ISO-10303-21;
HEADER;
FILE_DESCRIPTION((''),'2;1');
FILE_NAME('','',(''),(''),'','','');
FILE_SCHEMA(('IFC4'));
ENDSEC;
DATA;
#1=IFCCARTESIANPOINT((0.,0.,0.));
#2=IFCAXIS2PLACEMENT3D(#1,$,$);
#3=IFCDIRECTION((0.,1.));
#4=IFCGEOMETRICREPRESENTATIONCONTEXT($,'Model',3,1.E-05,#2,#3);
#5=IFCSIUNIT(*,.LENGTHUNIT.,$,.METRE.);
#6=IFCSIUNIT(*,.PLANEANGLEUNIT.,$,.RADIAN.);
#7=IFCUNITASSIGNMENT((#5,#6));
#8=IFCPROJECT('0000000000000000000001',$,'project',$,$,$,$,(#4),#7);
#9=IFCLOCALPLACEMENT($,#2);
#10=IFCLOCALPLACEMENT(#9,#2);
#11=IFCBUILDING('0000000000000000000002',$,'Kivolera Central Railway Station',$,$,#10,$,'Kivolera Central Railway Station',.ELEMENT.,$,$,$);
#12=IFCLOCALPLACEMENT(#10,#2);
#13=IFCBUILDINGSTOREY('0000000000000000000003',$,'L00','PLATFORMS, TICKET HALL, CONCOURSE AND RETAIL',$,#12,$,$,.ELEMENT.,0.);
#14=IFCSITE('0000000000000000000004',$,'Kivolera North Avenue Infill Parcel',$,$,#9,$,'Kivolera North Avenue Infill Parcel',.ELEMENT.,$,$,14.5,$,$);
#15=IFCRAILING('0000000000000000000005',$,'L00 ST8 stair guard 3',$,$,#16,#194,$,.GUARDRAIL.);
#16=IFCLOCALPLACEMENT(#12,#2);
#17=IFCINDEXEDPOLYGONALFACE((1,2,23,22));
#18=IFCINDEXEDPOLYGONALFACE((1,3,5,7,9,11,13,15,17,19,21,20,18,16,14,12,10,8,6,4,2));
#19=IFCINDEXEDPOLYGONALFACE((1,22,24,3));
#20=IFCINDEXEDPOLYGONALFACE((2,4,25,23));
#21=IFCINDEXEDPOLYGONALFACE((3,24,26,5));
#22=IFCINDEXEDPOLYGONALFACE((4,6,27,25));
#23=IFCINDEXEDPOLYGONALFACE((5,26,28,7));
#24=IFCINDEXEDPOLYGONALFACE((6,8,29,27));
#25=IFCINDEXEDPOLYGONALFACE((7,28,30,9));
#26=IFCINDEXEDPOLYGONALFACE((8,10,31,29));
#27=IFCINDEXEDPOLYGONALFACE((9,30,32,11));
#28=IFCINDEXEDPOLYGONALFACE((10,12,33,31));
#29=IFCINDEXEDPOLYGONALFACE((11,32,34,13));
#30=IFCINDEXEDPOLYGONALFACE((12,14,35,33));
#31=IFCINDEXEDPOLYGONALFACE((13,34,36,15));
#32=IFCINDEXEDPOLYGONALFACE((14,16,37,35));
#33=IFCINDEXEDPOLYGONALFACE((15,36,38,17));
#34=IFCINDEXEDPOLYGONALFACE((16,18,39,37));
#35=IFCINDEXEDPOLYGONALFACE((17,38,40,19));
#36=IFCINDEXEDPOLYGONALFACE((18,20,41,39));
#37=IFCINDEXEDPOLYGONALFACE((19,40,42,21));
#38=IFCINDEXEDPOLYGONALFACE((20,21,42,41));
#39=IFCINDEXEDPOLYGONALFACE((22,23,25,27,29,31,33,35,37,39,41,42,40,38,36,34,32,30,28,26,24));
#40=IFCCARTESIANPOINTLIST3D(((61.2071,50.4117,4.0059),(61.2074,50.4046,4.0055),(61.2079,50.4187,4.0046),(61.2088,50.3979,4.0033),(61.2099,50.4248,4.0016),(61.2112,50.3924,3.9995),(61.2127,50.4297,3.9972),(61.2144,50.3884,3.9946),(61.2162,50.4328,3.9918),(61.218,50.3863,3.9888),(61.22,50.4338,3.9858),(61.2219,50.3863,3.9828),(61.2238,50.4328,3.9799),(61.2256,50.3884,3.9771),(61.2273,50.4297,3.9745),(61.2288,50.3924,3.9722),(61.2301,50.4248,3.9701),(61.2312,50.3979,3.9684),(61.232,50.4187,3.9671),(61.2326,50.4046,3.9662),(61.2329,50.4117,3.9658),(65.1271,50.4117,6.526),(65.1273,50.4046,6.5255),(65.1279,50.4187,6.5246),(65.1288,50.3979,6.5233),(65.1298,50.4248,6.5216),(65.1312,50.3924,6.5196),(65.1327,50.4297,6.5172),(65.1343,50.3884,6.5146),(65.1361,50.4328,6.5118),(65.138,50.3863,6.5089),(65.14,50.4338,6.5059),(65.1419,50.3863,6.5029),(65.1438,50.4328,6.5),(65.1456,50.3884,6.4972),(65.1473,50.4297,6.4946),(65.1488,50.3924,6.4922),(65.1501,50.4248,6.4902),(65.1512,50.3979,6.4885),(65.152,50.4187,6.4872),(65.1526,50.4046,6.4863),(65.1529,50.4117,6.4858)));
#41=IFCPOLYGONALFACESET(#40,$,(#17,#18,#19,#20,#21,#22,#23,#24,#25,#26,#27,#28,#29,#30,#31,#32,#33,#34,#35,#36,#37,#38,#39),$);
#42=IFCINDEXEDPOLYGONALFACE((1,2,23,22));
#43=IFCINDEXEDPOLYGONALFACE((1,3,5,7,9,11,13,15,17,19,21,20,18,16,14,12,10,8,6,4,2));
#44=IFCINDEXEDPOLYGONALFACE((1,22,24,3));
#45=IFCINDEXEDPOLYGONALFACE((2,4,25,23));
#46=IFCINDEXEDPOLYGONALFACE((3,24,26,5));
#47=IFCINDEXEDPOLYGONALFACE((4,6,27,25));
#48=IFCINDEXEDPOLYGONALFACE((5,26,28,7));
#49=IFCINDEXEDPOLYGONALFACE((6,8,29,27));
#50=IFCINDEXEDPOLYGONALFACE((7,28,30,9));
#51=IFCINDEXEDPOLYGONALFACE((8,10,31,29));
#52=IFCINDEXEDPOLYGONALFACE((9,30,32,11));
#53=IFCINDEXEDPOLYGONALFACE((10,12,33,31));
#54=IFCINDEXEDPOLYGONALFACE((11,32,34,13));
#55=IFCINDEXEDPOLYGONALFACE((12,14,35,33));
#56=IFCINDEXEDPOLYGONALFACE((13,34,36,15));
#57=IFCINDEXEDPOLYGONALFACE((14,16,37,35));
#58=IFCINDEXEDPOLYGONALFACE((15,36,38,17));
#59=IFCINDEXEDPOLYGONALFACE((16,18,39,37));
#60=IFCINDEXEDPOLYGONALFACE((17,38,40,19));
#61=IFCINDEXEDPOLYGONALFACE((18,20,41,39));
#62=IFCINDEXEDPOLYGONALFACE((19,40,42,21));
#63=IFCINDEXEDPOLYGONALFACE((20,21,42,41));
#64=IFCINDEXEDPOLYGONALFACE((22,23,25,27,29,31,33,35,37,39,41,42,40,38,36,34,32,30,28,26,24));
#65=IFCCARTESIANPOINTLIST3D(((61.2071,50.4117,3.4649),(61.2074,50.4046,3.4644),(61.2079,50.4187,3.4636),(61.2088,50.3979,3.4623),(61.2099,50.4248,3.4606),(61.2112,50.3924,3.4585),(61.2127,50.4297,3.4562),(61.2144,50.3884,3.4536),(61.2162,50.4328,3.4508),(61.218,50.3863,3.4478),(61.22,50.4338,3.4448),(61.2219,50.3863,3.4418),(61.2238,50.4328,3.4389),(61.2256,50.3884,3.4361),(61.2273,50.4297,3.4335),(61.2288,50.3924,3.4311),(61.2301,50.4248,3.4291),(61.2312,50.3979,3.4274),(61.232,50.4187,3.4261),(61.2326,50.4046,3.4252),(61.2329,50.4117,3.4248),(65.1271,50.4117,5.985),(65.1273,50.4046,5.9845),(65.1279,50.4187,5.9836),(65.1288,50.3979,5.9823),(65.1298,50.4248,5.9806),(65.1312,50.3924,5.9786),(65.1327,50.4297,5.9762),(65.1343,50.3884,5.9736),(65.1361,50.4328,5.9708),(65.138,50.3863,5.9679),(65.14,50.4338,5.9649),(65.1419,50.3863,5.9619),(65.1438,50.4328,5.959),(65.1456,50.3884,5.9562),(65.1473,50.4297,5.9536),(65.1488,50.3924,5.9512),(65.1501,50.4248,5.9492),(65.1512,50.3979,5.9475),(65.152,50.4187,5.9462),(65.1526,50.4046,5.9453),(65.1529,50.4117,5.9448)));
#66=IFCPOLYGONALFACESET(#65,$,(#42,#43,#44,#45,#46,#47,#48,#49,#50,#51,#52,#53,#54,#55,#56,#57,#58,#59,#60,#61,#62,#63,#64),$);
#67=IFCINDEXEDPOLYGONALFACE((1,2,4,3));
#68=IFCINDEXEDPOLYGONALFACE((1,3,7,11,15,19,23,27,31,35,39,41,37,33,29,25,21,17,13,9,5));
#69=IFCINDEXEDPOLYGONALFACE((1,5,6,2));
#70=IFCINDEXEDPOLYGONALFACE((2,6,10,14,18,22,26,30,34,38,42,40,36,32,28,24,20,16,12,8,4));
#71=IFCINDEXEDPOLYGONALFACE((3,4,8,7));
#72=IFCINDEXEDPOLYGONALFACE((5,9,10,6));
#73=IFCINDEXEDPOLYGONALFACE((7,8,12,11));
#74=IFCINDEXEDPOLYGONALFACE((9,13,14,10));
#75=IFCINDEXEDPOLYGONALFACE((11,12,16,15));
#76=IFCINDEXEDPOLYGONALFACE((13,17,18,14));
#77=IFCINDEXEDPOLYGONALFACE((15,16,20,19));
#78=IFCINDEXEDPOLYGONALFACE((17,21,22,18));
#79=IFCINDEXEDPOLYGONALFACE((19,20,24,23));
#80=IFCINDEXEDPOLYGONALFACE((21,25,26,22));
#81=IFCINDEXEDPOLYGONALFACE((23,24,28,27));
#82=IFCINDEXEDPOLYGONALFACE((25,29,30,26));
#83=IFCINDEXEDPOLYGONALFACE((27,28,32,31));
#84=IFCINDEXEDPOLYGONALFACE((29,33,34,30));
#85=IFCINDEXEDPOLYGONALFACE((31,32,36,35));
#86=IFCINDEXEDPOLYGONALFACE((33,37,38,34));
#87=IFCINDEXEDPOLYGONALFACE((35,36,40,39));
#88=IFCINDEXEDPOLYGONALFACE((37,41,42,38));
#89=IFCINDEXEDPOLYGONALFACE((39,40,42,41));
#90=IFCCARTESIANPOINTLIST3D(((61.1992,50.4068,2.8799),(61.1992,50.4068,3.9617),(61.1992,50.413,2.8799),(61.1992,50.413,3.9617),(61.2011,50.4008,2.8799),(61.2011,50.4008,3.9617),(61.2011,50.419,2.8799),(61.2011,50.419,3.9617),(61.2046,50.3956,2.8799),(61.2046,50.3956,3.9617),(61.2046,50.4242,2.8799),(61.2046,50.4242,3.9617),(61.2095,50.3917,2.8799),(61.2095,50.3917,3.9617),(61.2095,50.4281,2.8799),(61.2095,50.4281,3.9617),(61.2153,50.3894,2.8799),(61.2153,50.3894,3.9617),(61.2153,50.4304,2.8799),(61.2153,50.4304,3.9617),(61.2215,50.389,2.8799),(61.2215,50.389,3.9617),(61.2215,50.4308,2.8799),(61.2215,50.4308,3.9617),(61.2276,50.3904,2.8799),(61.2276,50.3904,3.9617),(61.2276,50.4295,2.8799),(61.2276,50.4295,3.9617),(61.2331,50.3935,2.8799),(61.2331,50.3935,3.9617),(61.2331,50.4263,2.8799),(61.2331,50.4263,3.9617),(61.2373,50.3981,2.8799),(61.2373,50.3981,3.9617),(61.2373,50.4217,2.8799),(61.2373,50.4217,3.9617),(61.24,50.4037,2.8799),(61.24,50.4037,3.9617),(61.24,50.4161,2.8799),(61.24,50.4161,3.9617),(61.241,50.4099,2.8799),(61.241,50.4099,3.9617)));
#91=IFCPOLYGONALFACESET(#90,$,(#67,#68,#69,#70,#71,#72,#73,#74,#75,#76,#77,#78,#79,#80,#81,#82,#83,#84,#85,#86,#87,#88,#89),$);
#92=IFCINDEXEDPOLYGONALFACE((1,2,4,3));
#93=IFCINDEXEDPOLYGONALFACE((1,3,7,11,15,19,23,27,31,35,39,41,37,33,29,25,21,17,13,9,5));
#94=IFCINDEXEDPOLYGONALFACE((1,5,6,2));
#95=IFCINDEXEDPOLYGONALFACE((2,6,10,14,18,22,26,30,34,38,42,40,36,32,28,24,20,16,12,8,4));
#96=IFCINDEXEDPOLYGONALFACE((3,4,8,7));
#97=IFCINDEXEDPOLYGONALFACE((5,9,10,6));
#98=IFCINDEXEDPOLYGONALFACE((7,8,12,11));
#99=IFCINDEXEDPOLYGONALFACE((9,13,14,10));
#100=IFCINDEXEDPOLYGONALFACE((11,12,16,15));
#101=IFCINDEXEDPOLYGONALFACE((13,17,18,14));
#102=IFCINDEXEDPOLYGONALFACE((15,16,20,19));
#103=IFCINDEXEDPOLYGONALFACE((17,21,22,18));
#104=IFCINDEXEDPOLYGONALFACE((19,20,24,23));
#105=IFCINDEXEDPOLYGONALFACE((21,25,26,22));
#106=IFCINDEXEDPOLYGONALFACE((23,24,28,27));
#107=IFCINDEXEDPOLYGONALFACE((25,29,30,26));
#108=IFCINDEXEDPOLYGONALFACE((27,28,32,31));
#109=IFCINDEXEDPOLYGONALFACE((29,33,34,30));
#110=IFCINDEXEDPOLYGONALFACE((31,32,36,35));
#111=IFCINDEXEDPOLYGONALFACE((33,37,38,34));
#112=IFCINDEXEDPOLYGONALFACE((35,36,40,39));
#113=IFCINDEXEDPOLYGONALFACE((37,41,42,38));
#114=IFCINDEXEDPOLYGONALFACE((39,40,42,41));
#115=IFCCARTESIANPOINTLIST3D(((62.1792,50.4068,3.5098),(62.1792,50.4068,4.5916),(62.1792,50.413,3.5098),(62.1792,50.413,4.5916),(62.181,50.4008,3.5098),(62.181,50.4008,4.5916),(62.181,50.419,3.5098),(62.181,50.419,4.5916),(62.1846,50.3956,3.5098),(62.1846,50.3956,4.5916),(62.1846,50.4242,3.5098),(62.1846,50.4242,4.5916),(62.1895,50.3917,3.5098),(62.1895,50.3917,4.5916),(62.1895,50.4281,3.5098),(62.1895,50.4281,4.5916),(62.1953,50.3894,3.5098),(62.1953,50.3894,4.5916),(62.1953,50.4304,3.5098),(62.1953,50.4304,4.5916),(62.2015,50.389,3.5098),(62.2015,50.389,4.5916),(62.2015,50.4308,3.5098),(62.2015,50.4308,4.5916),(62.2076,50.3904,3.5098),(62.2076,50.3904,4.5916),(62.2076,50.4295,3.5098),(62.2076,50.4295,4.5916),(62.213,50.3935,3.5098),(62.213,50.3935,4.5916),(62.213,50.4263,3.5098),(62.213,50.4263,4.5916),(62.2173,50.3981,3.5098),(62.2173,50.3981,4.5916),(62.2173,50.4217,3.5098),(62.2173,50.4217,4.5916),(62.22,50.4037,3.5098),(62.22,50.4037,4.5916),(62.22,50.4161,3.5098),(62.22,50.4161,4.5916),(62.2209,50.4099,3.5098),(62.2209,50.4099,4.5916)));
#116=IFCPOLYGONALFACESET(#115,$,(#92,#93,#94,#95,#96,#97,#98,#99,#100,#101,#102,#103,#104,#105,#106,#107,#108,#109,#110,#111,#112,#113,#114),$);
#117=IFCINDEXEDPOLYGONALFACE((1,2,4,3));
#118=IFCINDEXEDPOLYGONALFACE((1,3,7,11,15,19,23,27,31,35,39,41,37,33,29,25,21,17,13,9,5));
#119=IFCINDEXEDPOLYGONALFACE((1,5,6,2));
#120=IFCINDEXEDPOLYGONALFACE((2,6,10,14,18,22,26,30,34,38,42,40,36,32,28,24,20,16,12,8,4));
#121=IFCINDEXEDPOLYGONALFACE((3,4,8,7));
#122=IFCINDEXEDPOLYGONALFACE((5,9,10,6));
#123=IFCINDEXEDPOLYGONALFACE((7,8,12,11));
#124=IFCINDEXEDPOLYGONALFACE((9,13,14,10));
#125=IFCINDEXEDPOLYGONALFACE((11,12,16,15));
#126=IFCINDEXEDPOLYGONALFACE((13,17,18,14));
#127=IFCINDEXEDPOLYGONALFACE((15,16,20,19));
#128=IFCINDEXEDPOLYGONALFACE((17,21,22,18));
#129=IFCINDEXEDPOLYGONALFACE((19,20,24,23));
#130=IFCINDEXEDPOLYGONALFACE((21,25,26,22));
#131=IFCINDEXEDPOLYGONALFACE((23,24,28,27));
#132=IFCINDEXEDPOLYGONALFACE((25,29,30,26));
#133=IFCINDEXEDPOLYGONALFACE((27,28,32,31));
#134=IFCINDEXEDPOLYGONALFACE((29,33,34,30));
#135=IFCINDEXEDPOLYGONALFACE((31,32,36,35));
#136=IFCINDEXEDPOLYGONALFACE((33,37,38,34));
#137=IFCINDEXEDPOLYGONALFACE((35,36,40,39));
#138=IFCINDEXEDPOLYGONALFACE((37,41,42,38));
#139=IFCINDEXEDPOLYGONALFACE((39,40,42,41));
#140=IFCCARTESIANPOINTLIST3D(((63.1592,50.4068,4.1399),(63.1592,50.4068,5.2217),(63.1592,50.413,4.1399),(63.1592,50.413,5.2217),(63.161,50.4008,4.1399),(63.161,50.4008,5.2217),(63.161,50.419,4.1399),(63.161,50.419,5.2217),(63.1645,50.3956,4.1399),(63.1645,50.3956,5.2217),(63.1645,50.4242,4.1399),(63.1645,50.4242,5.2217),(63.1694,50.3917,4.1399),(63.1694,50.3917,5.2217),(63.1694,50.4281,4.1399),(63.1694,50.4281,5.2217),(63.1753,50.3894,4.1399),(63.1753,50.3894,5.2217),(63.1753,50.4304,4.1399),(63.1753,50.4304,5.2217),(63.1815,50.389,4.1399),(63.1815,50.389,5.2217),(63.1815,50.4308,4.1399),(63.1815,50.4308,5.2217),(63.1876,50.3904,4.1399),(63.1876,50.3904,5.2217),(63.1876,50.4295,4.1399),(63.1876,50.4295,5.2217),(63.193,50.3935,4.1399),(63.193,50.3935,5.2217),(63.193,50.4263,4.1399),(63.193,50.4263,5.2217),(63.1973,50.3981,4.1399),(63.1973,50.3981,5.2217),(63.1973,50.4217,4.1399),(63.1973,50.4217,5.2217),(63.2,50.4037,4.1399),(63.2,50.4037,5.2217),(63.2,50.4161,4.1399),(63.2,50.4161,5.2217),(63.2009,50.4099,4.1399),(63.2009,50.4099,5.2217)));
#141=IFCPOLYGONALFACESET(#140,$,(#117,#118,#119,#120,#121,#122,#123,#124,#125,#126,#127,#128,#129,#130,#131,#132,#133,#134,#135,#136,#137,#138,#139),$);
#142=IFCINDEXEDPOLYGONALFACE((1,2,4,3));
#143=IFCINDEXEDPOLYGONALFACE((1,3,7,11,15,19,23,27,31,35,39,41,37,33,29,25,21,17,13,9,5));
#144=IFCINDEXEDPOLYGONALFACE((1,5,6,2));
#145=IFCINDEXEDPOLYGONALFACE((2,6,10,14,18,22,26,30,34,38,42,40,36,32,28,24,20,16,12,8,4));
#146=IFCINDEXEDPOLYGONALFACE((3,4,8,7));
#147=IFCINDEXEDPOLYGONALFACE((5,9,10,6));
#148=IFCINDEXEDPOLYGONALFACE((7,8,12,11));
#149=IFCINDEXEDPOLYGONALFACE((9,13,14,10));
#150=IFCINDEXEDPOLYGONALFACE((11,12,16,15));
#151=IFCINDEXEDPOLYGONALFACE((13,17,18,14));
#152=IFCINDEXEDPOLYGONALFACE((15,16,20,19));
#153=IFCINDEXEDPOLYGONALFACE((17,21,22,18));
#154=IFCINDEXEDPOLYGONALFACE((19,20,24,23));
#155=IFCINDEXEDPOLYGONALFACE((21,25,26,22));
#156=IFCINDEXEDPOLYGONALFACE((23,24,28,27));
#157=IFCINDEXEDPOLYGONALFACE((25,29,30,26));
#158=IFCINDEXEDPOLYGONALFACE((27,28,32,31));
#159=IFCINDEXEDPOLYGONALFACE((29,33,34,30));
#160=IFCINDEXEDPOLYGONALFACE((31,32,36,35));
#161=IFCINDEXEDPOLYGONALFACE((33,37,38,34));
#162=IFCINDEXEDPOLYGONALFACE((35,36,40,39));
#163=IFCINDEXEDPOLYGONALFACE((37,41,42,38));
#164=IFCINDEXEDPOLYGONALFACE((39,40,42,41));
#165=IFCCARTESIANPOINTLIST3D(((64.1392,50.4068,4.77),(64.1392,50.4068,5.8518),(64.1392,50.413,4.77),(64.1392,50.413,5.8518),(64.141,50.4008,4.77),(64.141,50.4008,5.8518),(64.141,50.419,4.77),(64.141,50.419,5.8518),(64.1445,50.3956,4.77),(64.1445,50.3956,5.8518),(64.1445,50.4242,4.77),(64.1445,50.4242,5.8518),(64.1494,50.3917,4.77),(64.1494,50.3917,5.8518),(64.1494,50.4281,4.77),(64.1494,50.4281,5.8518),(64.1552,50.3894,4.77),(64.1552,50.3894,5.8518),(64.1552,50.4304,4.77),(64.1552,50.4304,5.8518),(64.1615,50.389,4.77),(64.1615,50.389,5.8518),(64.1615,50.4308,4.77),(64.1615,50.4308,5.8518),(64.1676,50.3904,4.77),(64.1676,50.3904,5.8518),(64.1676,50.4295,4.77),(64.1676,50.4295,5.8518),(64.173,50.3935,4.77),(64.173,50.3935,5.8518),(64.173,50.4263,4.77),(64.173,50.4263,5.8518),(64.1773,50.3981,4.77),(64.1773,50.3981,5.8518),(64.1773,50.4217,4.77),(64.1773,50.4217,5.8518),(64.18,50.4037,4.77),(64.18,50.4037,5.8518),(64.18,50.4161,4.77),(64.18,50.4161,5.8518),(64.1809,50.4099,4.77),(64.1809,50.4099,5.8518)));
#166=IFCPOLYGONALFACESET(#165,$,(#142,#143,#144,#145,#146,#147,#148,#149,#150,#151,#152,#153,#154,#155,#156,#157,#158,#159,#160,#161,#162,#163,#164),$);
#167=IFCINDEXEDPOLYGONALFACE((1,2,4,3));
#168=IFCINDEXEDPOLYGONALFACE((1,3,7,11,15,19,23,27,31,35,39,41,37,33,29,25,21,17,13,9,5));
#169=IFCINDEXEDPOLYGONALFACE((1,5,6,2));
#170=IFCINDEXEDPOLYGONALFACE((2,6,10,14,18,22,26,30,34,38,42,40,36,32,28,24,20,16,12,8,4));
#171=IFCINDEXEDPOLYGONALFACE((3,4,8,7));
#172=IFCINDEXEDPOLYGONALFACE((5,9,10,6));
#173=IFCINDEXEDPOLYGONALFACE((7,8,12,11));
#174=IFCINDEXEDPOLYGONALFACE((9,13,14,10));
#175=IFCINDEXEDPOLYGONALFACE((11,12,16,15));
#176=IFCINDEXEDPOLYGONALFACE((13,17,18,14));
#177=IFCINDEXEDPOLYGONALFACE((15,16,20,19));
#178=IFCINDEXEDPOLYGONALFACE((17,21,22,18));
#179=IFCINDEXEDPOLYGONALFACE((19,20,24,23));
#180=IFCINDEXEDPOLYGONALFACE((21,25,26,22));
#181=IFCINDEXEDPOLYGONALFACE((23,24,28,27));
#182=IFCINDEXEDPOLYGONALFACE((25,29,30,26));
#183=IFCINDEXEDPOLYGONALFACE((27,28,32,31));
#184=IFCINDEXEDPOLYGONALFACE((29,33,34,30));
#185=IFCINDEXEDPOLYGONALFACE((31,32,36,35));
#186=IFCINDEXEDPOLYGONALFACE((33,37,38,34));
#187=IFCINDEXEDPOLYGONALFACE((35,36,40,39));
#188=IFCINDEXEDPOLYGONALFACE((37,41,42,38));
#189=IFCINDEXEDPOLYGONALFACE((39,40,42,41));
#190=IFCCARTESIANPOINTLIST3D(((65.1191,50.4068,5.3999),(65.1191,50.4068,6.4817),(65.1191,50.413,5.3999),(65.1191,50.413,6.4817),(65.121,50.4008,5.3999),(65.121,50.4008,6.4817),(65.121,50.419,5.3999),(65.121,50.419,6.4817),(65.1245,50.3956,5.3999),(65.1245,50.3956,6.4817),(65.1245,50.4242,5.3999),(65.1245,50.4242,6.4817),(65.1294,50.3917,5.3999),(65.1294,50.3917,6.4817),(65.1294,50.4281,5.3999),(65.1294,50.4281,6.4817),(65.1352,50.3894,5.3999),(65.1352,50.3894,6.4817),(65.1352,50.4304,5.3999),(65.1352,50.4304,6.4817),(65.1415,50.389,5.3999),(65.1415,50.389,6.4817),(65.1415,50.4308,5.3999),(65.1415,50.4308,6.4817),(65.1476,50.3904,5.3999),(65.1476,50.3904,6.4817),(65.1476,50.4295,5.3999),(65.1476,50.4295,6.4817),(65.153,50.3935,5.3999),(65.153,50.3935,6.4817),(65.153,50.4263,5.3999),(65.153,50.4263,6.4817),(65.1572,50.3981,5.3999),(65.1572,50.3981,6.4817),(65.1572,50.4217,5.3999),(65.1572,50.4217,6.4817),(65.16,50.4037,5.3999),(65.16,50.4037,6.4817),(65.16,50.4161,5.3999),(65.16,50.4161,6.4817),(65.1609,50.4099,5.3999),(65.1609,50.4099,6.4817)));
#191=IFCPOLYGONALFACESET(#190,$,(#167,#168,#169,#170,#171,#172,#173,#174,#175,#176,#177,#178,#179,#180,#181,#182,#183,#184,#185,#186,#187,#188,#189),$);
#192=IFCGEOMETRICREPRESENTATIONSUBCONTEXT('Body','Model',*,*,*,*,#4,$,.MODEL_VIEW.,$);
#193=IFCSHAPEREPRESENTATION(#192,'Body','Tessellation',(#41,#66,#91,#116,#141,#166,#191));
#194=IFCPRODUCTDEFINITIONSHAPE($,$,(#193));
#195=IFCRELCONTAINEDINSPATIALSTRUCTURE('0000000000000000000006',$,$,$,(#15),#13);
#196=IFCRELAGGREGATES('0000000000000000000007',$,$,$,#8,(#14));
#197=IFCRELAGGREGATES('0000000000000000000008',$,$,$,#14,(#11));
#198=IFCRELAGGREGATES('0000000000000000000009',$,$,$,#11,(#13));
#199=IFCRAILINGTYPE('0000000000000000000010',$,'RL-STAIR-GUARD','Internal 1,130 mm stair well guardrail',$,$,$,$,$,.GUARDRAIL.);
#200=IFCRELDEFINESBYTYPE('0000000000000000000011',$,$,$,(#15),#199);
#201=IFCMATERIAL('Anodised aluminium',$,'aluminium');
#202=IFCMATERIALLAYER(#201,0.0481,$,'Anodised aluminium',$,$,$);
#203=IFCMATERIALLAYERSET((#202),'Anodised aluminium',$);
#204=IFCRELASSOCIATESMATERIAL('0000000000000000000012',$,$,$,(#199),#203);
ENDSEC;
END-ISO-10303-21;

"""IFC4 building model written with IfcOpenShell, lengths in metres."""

from ifc_helpers import new_model, si_unit, direction, frame, origin, origin_2d, place, context, subcontext, project, spatial, circle, extrude, material, layer, layer_set, type_object, element, save


model = new_model("IFC4")

# Units and contexts
model_context = context("Model", 3, precision=1e-05, world=origin(), true_north=direction((0.0, 1.0)))
body_context = subcontext(model_context, "Body", "Model", "MODEL_VIEW")
ifc_project = project(units=[si_unit("LENGTHUNIT", "METRE"), si_unit("PLANEANGLEUNIT", "RADIAN")], contexts=[model_context])

# Site, building, storey
site_placement = place(None, origin())
site = spatial("IfcSite", under=ifc_project, at=site_placement, Name="Kivolera North Avenue Infill Parcel", LongName="Kivolera North Avenue Infill Parcel", CompositionType="ELEMENT", RefElevation=14.5)
building_placement = place(site_placement, origin())
building = spatial("IfcBuilding", under=site, at=building_placement, Name="Kivolera Central Railway Station", LongName="Kivolera Central Railway Station", CompositionType="ELEMENT")
storey_placement = place(building_placement, origin())
storey = spatial("IfcBuildingStorey", under=building, at=storey_placement, Name="L00", Description="PLATFORMS, TICKET HALL, CONCOURSE AND RETAIL", CompositionType="ELEMENT", Elevation=0.0)

# Railing
ifc_material_1 = material(Name="Anodised aluminium", Category="aluminium")
ifc_layer_1 = layer(ifc_material_1, 0.0481, Name="Anodised aluminium")
ifc_layer_set_1 = layer_set([ifc_layer_1], Name="Anodised aluminium")
railing_type_1 = type_object("IfcRailingType", Name="RL-STAIR-GUARD", Description="Internal 1,130 mm stair well guardrail", PredefinedType="GUARDRAIL", material=ifc_layer_set_1)
railing_1_placement = place(storey_placement, frame((61.22, 50.4099, 2.8799)))
element("IfcRailing", 1, at=railing_1_placement, inside=storey, type_object=railing_type_1, Name="L00 ST8 stair guard 3", PredefinedType="GUARDRAIL", context=body_context, shape_type="SweptSolid", body=[
    extrude(circle(Radius=0.0239, at=origin_2d()), frame((0.0, 0.0, 1.106), z_axis=(0.841172, 0.0, 0.540768), x_axis=(0.0, 1.0, 0.0)), (0.0, 0.0, 1.0), 4.6602),
    extrude(circle(Radius=0.0239, at=origin_2d()), frame((0.0, 0.0, 0.5649), z_axis=(0.841172, 0.0, 0.540768), x_axis=(0.0, 1.0, 0.0)), (0.0, 0.0, 1.0), 4.6602),
    extrude(circle(Radius=0.021, at=origin_2d()), origin(), (0.0, 0.0, 1.0), 1.0818),
    extrude(circle(Radius=0.021, at=origin_2d()), frame((0.98, 0.0, 0.6299)), (0.0, 0.0, 1.0), 1.0818),
    extrude(circle(Radius=0.021, at=origin_2d()), frame((1.96, 0.0, 1.26)), (0.0, 0.0, 1.0), 1.0818),
    extrude(circle(Radius=0.021, at=origin_2d()), frame((2.9399, 0.0, 1.8901)), (0.0, 0.0, 1.0), 1.0818),
    extrude(circle(Radius=0.021, at=origin_2d()), frame((3.9199, 0.0, 2.52)), (0.0, 0.0, 1.0), 1.0818),
])

save(model, "model.ifc")
